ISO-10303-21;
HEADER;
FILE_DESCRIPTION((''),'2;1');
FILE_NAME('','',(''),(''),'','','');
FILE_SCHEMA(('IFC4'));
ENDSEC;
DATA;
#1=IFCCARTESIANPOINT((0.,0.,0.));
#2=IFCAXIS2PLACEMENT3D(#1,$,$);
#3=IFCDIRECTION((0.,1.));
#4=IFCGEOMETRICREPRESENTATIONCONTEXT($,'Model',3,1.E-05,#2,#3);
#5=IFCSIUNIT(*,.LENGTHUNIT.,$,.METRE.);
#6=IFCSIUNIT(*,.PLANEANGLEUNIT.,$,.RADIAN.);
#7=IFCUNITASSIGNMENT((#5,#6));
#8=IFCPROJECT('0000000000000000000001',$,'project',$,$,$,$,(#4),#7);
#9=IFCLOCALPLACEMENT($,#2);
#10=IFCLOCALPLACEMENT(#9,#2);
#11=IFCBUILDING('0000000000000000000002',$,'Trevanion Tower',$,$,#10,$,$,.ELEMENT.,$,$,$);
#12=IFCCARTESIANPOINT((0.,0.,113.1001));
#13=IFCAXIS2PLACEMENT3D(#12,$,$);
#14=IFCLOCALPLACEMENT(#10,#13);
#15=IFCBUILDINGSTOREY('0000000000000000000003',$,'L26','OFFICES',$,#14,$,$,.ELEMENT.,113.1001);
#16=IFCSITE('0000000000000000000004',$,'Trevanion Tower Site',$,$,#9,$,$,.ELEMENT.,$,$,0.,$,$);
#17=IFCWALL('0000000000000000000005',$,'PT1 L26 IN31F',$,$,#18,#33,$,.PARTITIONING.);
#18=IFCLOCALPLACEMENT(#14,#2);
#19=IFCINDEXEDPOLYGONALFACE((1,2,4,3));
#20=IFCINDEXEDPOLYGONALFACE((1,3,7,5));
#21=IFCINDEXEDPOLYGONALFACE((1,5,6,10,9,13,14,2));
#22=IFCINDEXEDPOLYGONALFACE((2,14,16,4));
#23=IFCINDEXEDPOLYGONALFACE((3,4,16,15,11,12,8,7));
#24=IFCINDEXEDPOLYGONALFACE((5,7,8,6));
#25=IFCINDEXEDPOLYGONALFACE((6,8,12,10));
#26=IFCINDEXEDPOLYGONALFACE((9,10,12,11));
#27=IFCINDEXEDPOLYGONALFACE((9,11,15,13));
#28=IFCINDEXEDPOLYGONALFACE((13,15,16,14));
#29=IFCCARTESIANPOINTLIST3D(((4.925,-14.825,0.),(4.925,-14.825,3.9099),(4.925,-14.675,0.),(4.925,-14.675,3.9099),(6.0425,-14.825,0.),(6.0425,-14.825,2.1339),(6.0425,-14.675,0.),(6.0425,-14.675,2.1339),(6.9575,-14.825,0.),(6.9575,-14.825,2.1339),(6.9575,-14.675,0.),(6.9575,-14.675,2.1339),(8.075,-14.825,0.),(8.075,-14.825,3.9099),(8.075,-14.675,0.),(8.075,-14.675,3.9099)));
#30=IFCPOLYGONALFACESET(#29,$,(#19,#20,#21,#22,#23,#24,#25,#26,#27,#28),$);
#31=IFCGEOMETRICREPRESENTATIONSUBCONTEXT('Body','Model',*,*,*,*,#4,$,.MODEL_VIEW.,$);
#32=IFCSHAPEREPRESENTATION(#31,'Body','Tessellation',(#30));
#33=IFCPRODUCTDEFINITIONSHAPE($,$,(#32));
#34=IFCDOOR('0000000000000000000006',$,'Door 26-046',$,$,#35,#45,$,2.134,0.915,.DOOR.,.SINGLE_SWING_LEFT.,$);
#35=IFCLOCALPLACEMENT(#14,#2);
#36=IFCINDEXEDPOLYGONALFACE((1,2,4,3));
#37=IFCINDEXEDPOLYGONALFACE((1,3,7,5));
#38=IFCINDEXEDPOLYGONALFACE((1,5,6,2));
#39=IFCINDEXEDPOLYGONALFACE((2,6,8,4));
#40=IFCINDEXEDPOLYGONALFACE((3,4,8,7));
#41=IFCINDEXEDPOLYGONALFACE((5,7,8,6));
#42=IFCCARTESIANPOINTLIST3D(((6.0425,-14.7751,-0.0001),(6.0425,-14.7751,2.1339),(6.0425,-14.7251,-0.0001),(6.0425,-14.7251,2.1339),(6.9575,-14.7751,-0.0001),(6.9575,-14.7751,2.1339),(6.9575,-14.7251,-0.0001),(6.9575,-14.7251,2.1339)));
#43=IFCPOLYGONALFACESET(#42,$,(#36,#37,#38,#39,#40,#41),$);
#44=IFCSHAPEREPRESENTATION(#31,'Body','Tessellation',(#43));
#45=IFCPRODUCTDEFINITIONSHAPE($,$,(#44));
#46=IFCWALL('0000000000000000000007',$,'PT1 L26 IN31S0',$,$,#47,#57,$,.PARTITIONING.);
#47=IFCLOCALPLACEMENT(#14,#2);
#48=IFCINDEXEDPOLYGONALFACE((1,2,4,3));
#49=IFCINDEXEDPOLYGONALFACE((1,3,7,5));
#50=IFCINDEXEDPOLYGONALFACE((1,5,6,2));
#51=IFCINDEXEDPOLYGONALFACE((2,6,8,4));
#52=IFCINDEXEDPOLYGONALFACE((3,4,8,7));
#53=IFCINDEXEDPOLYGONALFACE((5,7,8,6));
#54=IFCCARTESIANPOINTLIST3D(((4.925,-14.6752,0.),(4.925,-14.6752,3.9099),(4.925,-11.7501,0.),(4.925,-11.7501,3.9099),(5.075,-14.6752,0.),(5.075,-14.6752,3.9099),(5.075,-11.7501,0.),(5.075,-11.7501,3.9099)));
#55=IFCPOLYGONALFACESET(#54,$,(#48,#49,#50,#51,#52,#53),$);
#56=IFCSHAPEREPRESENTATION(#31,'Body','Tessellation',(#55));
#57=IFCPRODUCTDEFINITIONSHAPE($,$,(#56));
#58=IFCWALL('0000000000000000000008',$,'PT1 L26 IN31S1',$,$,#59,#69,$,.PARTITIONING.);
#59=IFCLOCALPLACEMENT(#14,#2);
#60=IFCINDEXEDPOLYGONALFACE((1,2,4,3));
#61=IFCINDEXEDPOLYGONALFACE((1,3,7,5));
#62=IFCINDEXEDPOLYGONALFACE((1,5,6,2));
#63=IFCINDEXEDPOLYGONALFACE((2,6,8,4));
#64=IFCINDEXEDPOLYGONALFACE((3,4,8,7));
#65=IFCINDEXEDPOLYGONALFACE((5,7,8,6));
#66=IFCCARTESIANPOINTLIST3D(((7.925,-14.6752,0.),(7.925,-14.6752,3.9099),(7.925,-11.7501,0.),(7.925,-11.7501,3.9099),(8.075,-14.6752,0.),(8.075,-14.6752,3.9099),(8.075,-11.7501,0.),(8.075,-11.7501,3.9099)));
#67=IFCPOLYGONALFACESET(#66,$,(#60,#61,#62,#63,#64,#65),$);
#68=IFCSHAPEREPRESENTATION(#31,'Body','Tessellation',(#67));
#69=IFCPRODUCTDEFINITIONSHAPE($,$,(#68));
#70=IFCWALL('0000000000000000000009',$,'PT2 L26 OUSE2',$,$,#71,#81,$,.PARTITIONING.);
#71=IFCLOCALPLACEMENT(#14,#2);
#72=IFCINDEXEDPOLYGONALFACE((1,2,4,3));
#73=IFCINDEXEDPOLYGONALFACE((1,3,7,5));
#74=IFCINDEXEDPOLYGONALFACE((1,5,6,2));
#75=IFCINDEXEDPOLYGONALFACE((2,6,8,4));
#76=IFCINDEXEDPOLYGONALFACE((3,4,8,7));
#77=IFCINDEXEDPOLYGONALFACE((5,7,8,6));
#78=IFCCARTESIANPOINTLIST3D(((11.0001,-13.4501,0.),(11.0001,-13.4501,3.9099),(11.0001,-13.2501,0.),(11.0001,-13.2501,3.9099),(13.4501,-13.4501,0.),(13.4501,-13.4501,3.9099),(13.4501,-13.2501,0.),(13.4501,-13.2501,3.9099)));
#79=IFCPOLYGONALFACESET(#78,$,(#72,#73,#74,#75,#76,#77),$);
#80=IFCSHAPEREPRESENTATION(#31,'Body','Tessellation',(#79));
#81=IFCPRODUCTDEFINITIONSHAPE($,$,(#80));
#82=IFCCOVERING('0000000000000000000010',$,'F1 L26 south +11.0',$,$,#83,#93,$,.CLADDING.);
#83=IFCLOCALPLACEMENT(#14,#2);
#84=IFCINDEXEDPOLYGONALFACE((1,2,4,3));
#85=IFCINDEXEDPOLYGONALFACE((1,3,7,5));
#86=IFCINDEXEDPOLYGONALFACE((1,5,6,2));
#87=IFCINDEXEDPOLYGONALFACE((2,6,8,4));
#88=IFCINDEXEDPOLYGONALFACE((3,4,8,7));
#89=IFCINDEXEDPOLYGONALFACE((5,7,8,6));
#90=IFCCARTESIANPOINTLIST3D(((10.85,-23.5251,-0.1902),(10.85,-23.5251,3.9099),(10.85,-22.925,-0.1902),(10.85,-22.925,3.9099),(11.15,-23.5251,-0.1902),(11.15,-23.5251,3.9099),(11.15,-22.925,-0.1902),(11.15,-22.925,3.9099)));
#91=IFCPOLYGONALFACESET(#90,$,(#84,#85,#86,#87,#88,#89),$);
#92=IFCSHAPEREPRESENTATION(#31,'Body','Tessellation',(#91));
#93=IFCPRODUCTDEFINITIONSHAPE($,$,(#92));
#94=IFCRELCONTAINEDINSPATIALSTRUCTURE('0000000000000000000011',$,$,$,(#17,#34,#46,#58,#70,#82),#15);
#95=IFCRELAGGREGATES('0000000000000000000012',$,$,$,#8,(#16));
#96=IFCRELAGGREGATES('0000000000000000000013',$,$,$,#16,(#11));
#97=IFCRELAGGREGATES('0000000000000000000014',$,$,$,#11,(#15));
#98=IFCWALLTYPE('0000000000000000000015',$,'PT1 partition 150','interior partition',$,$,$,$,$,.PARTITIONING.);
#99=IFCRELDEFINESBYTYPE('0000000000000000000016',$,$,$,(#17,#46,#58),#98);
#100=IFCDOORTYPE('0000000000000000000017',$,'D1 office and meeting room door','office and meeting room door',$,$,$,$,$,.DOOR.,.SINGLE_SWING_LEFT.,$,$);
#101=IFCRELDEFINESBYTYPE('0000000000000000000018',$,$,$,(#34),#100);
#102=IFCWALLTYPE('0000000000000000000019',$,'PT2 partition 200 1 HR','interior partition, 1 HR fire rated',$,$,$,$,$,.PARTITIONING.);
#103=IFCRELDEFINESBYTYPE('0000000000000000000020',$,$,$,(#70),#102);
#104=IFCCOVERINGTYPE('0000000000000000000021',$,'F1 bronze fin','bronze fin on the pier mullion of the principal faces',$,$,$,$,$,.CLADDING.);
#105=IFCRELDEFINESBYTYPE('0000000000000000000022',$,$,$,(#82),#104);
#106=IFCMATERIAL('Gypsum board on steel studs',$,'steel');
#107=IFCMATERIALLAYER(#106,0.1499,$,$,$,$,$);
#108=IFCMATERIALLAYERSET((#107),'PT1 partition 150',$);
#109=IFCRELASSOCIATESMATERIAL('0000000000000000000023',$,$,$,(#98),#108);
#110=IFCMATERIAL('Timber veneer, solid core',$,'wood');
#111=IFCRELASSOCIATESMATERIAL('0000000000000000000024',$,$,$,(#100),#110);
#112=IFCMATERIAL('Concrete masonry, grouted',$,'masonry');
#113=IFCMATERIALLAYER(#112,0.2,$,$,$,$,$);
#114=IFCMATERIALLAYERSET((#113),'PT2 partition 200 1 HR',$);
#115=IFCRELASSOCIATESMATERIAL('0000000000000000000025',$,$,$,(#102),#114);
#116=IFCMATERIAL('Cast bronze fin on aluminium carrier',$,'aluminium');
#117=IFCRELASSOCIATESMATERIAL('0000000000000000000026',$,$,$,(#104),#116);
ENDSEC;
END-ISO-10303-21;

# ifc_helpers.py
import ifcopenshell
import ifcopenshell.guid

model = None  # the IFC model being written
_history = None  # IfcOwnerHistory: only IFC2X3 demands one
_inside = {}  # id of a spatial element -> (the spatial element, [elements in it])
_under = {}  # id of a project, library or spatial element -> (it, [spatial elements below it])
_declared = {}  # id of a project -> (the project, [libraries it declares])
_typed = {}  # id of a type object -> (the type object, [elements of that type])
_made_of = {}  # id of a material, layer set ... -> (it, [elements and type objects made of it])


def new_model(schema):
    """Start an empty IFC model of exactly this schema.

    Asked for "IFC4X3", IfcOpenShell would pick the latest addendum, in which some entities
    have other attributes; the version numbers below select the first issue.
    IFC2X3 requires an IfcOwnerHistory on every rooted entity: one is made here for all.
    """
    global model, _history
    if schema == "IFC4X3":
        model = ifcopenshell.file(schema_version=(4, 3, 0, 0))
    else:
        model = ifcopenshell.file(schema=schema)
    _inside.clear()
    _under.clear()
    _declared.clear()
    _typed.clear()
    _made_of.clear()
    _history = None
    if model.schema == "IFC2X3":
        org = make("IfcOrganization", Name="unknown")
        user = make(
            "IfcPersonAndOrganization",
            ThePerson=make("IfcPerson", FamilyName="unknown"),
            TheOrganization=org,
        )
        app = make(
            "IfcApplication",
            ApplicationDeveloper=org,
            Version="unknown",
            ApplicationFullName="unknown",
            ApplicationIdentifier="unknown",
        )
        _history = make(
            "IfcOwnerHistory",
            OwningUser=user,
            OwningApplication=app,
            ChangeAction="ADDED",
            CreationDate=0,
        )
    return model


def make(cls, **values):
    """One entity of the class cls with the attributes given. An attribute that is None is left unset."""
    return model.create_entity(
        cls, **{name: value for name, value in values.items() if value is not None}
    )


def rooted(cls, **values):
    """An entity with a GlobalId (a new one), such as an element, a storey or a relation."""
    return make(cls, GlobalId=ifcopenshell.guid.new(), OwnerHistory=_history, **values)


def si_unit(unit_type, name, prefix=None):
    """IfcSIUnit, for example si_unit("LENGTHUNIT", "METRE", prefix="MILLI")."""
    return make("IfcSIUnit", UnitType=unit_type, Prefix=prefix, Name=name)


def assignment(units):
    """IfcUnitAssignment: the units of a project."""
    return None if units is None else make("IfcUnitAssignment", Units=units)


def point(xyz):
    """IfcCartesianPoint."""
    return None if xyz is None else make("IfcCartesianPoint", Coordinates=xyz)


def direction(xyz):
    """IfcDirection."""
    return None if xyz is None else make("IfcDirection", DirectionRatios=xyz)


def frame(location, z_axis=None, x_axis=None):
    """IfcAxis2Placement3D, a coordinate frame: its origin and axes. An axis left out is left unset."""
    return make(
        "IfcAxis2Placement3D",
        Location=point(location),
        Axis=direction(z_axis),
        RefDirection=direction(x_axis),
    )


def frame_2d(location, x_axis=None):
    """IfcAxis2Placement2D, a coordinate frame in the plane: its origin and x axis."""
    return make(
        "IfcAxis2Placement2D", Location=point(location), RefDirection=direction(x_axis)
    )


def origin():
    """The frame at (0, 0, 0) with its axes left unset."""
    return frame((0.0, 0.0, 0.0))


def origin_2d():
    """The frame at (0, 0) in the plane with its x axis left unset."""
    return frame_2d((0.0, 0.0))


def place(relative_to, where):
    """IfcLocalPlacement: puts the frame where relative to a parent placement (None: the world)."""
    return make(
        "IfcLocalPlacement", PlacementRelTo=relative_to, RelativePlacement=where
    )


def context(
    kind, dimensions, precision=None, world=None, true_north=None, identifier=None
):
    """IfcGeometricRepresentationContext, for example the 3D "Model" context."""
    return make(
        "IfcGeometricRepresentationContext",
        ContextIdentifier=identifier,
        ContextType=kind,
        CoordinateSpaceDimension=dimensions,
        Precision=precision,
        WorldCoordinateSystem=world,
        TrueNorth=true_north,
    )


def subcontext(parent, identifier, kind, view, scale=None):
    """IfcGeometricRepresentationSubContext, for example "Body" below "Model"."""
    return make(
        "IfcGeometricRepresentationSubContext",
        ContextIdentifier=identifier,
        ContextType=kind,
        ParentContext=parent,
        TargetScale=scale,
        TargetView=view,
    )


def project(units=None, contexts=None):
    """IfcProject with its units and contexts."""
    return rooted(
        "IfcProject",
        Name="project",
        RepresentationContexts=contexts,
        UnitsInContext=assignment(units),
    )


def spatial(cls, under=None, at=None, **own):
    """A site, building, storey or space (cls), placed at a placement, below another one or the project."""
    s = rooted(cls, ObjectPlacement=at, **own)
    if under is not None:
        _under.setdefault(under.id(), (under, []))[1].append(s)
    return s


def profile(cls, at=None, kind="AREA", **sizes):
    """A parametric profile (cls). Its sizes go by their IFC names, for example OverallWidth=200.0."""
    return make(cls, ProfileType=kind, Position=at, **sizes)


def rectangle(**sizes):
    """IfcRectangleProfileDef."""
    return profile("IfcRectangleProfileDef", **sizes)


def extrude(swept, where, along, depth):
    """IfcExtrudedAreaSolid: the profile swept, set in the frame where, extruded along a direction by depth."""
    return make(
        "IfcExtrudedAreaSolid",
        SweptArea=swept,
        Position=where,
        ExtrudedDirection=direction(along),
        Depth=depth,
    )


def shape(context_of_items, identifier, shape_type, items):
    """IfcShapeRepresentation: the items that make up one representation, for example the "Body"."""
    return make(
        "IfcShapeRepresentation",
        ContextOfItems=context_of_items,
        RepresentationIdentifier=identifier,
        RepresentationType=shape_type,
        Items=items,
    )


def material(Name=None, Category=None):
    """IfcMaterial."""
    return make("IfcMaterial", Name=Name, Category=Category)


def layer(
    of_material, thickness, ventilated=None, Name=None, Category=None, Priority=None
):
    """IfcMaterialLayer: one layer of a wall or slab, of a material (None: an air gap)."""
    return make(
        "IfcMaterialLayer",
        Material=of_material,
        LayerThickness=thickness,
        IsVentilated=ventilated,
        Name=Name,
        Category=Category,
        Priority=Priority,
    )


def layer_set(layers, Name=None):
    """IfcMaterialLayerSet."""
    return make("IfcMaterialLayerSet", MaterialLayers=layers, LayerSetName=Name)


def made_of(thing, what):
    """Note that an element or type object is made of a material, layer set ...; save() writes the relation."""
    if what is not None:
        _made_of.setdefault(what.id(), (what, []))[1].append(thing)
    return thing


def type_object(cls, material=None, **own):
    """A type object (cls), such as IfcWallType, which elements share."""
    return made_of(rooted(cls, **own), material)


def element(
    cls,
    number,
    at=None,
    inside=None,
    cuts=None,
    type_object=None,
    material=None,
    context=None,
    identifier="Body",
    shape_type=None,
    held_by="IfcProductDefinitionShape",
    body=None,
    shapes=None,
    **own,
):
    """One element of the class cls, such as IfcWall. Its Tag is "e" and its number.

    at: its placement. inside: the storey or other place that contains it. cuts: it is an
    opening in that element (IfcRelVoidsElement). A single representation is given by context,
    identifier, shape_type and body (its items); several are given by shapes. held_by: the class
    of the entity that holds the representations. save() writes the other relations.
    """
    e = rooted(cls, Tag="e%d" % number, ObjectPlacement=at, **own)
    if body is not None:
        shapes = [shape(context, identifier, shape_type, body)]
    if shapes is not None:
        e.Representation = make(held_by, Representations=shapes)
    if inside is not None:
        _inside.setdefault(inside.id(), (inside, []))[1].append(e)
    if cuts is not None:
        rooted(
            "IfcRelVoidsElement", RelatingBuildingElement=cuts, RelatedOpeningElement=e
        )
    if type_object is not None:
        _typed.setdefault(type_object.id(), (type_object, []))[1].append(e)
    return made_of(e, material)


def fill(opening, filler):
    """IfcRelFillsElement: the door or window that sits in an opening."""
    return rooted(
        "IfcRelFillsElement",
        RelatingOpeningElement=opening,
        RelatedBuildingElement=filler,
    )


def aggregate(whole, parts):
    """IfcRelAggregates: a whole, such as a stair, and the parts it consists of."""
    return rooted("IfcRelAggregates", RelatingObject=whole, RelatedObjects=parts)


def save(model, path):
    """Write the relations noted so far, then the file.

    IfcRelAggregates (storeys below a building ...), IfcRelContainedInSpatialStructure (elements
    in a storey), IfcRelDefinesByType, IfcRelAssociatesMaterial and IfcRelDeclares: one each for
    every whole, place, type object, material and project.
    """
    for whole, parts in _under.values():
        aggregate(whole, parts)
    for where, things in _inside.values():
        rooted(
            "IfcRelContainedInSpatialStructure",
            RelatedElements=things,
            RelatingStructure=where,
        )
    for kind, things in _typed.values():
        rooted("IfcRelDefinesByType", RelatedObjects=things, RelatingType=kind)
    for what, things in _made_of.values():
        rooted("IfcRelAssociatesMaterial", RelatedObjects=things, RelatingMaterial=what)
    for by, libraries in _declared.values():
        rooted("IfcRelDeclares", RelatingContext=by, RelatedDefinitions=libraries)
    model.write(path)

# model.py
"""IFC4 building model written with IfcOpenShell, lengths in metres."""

from ifc_helpers import new_model, si_unit, direction, frame, frame_2d, origin, origin_2d, place, context, subcontext, project, spatial, rectangle, extrude, material, layer, layer_set, type_object, element, fill, save


model = new_model("IFC4")

# Units and contexts
model_context = context("Model", 3, precision=1e-05, world=origin(), true_north=direction((0.0, 1.0)))
body_context = subcontext(model_context, "Body", "Model", "MODEL_VIEW")
ifc_project = project(units=[si_unit("LENGTHUNIT", "METRE"), si_unit("PLANEANGLEUNIT", "RADIAN")], contexts=[model_context])

# Site, building, storey
site_placement = place(None, origin())
site = spatial("IfcSite", under=ifc_project, at=site_placement, Name="Trevanion Tower Site", CompositionType="ELEMENT", RefElevation=0.0)
building_placement = place(site_placement, origin())
building = spatial("IfcBuilding", under=site, at=building_placement, Name="Trevanion Tower", CompositionType="ELEMENT")
storey_placement = place(building_placement, frame((0.0, 0.0, 113.1001)))
storey = spatial("IfcBuildingStorey", under=building, at=storey_placement, Name="L26", Description="OFFICES", CompositionType="ELEMENT", Elevation=113.1001)

# Shared definitions
ifc_material_1 = material(Name="Gypsum board on steel studs", Category="steel")
ifc_layer_1 = layer(ifc_material_1, 0.1499)
ifc_layer_set_1 = layer_set([ifc_layer_1], Name="PT1 partition 150")
wall_type_1 = type_object("IfcWallType", Name="PT1 partition 150", Description="interior partition", PredefinedType="PARTITIONING", material=ifc_layer_set_1)

# Wall, opening, door
wall_1_placement = place(storey_placement, frame((4.925, -14.75, 0.0), z_axis=(0.0, 0.0, 1.0), x_axis=(1.0, 0.0, 0.0)))
wall_1 = element("IfcWall", 1, at=wall_1_placement, inside=storey, type_object=wall_type_1, Name="PT1 L26 IN31F", PredefinedType="PARTITIONING", context=body_context, shape_type="SweptSolid", body=[
    extrude(rectangle(XDim=3.1499, YDim=0.1499, at=frame_2d((1.575, 0.0))), origin(), (0.0, 0.0, 1.0), 3.9099),
])
opening_placement = place(wall_1_placement, frame((1.1174, 0.0, 0.0)))
opening = element("IfcOpeningElement", 2, at=opening_placement, cuts=wall_1, PredefinedType="OPENING", context=body_context, shape_type="SweptSolid", body=[
    extrude(rectangle(XDim=0.915, YDim=2.134, at=frame_2d((0.4575, 1.0669))), frame((0.0, 0.085, 0.0), z_axis=(0.0, -1.0, 0.0), x_axis=(1.0, 0.0, 0.0)), (0.0, 0.0, 1.0), 0.1699),
])
ifc_material_2 = material(Name="Timber veneer, solid core", Category="wood")
door_type = type_object("IfcDoorType", Name="D1 office and meeting room door", Description="office and meeting room door", OperationType="SINGLE_SWING_LEFT", PredefinedType="DOOR", material=ifc_material_2)
door_placement = place(opening_placement, origin())
door = element("IfcDoor", 3, at=door_placement, inside=storey, type_object=door_type, Name="Door 26-046", OperationType="SINGLE_SWING_LEFT", OverallHeight=2.134, OverallWidth=0.915, PredefinedType="DOOR", context=body_context, shape_type="SweptSolid", body=[
    extrude(rectangle(XDim=0.915, YDim=2.134, at=frame_2d((0.4575, 1.0669))), frame((0.0, 0.0249, 0.0), z_axis=(0.0, -1.0, 0.0), x_axis=(1.0, 0.0, 0.0)), (0.0, 0.0, 1.0), 0.05),
])
fill(opening, door)

# Walls
for number, where, z_axis, x_axis, name in (
    (4, (5.0, -14.675, 0.0), (0.0, 0.0, 1.0), (0.0, 1.0, 0.0), "PT1 L26 IN31S0"),
    (5, (8.0, -14.675, 0.0), (0.0, 0.0, 1.0), (0.0, 1.0, 0.0), "PT1 L26 IN31S1"),
):
    element("IfcWall", number, at=place(storey_placement, frame(where, z_axis=z_axis, x_axis=x_axis)), inside=storey, type_object=wall_type_1, Name=name, PredefinedType="PARTITIONING", context=body_context, shape_type="SweptSolid", body=[
        extrude(rectangle(XDim=2.925, YDim=0.1499, at=frame_2d((1.4624, 0.0))), origin(), (0.0, 0.0, 1.0), 3.9099),
    ])
ifc_material_3 = material(Name="Concrete masonry, grouted", Category="masonry")
ifc_layer_2 = layer(ifc_material_3, 0.2)
ifc_layer_set_2 = layer_set([ifc_layer_2], Name="PT2 partition 200 1 HR")
wall_type_2 = type_object("IfcWallType", Name="PT2 partition 200 1 HR", Description="interior partition, 1 HR fire rated", PredefinedType="PARTITIONING", material=ifc_layer_set_2)
wall_2_placement = place(storey_placement, frame((11.0, -13.3501, 0.0), z_axis=(0.0, 0.0, 1.0), x_axis=(1.0, 0.0, 0.0)))
element("IfcWall", 6, at=wall_2_placement, inside=storey, type_object=wall_type_2, Name="PT2 L26 OUSE2", PredefinedType="PARTITIONING", context=body_context, shape_type="SweptSolid", body=[
    extrude(rectangle(XDim=2.45, YDim=0.2, at=frame_2d((1.2251, 0.0))), origin(), (0.0, 0.0, 1.0), 3.9099),
])

# Covering
ifc_material_4 = material(Name="Cast bronze fin on aluminium carrier", Category="aluminium")
covering_type = type_object("IfcCoveringType", Name="F1 bronze fin", Description="bronze fin on the pier mullion of the principal faces", PredefinedType="CLADDING", material=ifc_material_4)
covering_placement = place(storey_placement, frame((11.0, -23.2251, -0.1902), z_axis=(0.0, 0.0, 1.0), x_axis=(1.0, 0.0, 0.0)))
element("IfcCovering", 7, at=covering_placement, inside=storey, type_object=covering_type, Name="F1 L26 south +11.0", PredefinedType="CLADDING", context=body_context, shape_type="SweptSolid", body=[
    extrude(rectangle(XDim=0.3, YDim=0.6001, at=origin_2d()), origin(), (0.0, 0.0, 1.0), 4.1001),
])

save(model, "model.ifc")
